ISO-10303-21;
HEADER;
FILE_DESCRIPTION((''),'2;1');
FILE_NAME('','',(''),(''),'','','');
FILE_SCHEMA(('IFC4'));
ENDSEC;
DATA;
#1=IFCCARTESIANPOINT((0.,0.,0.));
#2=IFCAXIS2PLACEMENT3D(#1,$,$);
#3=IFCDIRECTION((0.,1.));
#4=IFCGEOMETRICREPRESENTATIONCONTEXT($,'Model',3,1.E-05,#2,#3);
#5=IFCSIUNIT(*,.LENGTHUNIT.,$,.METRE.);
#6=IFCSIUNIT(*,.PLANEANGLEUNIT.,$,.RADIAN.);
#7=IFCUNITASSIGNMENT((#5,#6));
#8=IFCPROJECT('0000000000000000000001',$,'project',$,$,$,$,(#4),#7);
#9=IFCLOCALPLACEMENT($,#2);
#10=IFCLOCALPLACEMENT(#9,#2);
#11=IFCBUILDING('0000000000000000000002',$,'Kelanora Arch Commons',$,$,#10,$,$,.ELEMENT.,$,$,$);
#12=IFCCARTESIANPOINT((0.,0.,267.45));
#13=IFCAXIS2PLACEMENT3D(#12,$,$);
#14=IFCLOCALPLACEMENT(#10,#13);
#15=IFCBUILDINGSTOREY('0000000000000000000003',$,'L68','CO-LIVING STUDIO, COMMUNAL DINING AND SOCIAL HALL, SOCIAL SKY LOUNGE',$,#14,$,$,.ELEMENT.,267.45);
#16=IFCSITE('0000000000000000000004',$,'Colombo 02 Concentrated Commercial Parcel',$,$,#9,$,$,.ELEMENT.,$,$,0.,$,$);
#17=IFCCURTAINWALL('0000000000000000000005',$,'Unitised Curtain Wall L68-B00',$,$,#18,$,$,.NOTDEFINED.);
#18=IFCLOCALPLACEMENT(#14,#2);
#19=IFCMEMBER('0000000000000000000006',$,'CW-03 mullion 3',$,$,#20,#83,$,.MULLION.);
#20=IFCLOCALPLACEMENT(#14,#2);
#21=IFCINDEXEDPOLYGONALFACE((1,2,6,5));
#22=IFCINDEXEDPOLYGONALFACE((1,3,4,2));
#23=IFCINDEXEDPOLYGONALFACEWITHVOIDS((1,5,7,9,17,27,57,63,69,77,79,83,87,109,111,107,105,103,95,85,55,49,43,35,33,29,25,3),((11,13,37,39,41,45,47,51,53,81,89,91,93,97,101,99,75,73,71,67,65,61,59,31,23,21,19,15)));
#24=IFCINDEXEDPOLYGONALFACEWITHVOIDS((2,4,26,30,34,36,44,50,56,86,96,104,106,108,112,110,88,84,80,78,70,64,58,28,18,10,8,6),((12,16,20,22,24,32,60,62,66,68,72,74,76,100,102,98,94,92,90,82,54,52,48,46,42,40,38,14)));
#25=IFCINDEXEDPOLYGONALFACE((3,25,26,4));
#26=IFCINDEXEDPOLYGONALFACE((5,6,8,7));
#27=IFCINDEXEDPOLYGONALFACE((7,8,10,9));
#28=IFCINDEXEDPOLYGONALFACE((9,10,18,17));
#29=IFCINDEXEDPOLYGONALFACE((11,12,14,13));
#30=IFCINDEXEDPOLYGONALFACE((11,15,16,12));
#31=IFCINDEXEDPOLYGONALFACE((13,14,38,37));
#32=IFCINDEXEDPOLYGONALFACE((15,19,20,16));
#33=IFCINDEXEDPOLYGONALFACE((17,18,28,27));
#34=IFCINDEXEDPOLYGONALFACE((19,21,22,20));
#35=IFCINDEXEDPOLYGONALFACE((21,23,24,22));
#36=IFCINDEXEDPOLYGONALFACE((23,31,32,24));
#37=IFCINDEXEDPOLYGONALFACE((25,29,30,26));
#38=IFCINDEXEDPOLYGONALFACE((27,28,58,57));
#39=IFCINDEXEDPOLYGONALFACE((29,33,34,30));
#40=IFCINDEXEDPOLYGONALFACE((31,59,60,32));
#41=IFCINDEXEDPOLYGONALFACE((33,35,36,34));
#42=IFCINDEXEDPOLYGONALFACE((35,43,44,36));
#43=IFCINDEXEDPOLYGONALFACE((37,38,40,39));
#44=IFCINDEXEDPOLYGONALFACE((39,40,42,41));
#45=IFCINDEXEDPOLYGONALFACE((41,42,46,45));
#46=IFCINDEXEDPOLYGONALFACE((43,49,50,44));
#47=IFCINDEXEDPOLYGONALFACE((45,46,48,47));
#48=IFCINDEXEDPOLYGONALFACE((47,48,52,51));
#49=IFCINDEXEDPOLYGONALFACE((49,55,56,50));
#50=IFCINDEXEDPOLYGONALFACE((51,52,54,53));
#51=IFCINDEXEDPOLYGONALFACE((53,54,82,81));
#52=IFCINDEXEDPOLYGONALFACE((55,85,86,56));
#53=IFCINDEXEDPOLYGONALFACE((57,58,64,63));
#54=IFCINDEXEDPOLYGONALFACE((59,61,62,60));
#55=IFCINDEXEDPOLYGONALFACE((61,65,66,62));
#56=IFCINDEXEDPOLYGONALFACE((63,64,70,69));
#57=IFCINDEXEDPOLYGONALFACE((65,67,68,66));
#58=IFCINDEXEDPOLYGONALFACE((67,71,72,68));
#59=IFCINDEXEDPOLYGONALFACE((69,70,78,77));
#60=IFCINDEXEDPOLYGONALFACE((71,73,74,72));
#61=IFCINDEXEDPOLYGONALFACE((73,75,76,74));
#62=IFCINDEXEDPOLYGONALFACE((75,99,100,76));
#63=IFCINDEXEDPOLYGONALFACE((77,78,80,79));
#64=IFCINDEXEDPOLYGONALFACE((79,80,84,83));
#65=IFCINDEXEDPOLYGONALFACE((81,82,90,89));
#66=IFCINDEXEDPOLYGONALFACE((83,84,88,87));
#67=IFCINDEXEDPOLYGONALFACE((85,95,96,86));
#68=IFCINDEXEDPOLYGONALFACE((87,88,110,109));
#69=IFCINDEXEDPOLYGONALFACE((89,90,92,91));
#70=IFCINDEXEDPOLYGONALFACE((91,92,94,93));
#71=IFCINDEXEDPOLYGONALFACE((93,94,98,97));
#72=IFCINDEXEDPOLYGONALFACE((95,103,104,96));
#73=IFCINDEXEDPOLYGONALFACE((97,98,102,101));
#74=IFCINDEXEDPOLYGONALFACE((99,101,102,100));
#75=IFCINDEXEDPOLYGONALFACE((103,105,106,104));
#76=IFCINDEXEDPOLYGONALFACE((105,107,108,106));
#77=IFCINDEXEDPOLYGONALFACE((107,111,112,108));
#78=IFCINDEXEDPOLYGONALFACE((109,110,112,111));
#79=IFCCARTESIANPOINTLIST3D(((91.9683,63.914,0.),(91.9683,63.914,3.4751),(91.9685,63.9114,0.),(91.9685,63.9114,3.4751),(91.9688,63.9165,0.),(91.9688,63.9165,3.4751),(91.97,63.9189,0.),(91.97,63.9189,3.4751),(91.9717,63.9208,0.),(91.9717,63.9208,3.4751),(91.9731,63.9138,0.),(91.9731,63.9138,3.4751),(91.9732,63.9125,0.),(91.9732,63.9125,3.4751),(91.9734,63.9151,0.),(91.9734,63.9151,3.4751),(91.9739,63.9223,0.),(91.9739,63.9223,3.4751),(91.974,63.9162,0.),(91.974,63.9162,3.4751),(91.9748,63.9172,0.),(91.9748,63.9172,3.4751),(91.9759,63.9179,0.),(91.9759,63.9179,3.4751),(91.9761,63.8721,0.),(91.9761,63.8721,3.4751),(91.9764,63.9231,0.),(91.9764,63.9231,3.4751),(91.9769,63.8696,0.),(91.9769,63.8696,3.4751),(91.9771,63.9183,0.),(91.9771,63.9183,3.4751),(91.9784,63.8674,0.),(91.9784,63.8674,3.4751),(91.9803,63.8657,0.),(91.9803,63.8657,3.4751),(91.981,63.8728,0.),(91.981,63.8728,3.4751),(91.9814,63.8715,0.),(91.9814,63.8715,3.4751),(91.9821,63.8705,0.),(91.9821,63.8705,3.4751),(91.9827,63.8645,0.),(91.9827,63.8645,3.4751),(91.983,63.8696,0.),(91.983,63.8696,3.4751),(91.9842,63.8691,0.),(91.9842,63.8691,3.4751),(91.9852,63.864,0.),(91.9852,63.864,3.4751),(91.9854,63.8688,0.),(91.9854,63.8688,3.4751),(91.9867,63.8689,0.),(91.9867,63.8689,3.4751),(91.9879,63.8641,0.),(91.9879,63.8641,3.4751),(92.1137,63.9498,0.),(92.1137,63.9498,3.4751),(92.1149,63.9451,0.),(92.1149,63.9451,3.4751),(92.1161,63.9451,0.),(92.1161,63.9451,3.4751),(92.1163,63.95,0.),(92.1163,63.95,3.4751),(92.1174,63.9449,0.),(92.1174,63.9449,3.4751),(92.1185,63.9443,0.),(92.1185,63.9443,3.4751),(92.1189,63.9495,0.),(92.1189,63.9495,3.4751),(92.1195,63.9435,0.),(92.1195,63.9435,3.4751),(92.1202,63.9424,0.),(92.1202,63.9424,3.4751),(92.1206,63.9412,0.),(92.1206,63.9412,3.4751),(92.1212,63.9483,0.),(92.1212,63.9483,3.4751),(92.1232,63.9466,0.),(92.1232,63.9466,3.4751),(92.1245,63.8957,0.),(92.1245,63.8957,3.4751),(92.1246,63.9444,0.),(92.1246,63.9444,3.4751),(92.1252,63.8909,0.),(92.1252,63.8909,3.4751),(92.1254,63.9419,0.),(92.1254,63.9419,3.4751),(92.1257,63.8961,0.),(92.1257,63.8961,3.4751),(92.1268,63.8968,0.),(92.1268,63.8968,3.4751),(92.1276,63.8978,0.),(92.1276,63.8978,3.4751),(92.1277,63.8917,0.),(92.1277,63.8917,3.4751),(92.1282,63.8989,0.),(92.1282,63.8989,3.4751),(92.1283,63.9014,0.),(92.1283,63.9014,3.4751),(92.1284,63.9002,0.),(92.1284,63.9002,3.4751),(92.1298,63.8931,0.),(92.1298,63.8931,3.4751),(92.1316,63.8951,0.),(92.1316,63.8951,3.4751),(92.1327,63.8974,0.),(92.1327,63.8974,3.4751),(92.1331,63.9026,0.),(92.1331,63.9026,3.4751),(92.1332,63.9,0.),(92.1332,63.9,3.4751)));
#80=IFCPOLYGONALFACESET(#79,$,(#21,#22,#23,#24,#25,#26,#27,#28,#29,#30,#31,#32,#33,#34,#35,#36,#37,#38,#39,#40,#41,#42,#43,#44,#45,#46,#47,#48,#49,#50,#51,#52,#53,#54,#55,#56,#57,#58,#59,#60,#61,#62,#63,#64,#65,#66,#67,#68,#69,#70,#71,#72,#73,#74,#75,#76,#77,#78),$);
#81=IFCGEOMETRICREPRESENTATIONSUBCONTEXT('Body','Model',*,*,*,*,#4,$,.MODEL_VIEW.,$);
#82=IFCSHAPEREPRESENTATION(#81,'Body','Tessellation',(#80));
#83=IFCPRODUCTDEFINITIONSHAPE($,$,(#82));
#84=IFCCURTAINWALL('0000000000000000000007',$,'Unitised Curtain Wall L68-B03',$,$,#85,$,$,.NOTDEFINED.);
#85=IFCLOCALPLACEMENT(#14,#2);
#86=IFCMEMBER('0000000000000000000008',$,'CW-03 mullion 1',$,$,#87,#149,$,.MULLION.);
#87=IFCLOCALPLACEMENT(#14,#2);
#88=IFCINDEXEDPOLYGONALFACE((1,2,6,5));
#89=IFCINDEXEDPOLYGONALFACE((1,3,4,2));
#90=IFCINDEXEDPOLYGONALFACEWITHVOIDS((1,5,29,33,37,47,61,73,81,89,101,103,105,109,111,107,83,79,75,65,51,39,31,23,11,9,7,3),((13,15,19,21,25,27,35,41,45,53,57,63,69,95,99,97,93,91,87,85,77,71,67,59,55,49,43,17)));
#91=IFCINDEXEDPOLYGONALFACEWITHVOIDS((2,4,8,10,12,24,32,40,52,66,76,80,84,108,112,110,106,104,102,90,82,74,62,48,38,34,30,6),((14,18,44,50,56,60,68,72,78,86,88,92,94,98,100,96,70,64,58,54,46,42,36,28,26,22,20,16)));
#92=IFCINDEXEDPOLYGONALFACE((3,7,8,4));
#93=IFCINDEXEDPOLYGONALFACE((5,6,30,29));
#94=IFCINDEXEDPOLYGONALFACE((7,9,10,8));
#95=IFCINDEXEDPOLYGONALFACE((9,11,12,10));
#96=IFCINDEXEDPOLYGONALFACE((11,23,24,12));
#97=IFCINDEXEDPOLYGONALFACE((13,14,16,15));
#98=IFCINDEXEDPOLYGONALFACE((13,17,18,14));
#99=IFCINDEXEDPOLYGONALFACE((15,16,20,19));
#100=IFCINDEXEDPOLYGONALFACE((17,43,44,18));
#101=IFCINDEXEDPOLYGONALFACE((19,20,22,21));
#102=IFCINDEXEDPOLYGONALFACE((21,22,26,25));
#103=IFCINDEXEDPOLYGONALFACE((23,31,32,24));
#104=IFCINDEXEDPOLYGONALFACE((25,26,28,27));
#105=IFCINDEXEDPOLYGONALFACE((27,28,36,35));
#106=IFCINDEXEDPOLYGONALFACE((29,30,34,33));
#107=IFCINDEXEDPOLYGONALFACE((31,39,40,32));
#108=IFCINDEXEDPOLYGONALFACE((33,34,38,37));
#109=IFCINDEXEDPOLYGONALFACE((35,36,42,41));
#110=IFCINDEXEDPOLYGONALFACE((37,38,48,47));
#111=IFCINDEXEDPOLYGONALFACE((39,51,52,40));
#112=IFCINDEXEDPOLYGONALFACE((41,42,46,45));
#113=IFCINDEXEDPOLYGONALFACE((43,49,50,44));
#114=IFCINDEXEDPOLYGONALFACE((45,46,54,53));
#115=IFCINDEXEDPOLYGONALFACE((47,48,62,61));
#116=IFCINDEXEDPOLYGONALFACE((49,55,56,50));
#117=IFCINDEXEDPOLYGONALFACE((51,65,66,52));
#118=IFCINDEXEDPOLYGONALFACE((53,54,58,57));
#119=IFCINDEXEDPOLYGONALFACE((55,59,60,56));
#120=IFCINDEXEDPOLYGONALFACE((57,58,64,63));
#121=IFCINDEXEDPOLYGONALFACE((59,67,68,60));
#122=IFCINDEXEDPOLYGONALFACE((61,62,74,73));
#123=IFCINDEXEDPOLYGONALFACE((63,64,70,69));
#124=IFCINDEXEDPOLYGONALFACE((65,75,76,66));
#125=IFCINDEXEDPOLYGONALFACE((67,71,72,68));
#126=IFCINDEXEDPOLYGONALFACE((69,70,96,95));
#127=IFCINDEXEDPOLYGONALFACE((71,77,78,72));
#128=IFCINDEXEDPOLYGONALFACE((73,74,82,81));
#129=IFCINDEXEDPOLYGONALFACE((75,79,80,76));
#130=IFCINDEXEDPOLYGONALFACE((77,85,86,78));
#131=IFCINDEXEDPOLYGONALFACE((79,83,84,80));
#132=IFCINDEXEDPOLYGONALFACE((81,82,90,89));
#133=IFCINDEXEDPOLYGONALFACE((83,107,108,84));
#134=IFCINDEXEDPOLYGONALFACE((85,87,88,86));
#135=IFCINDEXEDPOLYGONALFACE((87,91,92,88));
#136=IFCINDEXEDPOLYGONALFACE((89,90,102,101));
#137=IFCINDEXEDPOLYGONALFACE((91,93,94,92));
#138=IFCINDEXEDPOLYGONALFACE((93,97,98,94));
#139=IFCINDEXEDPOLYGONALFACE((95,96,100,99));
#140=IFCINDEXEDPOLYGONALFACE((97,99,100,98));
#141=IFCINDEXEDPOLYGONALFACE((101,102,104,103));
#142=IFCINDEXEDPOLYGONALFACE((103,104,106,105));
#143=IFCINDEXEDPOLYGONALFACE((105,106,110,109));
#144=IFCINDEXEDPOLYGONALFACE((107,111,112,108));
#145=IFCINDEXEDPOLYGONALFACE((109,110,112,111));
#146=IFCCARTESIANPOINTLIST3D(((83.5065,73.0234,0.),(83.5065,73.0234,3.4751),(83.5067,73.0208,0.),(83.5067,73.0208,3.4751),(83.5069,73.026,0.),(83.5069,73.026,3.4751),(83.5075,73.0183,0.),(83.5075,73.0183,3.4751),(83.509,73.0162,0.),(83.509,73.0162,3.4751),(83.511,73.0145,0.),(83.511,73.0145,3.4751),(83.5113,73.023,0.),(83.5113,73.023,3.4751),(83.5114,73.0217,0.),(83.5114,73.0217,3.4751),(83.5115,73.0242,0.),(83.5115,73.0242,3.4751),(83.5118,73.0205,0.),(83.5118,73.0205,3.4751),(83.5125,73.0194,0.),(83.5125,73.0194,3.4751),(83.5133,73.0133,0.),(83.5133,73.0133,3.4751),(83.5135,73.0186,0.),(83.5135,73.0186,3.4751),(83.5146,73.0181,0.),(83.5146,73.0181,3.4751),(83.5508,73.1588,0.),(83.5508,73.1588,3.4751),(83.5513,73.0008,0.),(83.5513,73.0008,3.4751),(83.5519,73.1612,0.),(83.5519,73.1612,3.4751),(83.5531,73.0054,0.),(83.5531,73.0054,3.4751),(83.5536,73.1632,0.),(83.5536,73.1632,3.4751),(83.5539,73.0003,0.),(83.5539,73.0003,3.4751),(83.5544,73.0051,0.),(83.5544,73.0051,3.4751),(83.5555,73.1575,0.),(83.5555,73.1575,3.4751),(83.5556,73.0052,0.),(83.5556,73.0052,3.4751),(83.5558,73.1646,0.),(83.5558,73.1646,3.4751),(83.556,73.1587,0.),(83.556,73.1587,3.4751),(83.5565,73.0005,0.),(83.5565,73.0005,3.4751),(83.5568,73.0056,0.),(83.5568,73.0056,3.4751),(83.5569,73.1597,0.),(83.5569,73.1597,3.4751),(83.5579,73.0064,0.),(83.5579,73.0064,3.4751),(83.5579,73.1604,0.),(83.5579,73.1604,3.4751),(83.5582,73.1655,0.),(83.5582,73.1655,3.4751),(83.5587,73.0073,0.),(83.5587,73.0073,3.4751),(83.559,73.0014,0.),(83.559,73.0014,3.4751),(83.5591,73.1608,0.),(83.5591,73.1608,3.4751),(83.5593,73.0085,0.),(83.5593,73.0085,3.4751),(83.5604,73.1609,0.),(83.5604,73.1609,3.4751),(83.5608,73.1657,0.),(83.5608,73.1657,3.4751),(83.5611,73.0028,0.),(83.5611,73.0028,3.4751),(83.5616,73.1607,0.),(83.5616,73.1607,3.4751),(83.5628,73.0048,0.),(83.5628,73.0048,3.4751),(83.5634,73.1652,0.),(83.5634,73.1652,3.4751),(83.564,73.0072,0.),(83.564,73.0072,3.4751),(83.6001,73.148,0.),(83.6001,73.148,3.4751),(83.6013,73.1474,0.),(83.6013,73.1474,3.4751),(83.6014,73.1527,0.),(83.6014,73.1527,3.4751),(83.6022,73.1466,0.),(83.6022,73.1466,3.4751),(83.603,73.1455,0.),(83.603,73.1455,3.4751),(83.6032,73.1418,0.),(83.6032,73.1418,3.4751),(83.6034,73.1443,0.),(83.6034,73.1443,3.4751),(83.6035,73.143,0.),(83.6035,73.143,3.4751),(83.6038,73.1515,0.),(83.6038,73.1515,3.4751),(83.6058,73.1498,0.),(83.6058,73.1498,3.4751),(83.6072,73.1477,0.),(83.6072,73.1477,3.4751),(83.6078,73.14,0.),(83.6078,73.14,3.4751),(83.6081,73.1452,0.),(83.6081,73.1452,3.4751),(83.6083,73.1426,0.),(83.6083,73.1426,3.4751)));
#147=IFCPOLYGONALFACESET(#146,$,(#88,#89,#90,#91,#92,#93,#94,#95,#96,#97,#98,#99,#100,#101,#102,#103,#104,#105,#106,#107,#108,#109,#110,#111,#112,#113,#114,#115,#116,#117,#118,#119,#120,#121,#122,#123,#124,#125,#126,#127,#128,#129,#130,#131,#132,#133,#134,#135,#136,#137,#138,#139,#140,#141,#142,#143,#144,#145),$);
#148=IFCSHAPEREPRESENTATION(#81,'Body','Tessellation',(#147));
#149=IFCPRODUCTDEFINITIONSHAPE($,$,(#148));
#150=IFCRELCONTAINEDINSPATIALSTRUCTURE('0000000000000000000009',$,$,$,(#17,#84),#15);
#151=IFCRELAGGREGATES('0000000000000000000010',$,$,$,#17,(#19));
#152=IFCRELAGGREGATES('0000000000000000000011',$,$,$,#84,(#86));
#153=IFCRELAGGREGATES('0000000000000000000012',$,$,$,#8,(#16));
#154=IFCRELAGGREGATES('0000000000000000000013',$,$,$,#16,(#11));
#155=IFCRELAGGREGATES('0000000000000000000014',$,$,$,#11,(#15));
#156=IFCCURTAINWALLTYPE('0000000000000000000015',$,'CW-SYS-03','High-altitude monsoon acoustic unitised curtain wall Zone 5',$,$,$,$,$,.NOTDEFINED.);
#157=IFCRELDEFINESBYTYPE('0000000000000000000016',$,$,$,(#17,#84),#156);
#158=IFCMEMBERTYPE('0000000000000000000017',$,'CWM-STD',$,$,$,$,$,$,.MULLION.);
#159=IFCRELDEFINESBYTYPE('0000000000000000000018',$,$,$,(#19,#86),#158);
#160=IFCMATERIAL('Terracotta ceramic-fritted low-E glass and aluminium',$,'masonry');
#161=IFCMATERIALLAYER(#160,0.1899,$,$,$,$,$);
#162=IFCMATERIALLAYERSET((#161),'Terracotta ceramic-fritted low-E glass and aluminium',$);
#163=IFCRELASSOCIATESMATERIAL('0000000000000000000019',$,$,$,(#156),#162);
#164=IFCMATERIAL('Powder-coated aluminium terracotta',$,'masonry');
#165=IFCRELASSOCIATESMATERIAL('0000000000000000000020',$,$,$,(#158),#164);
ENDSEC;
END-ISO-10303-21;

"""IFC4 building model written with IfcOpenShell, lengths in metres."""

from ifc_helpers import new_model, si_unit, direction, frame, origin, origin_2d, place, context, subcontext, project, spatial, hollow_rectangle, extrude, material, layer, layer_set, material_profile, profile_set, type_object, element, aggregate, save


model = new_model("IFC4")

# Units and contexts
model_context = context("Model", 3, precision=1e-05, world=origin(), true_north=direction((0.0, 1.0)))
body_context = subcontext(model_context, "Body", "Model", "MODEL_VIEW")
ifc_project = project(units=[si_unit("LENGTHUNIT", "METRE"), si_unit("PLANEANGLEUNIT", "RADIAN")], contexts=[model_context])

# Site, building, storey
site_placement = place(None, origin())
site = spatial("IfcSite", under=ifc_project, at=site_placement, Name="Colombo 02 Concentrated Commercial Parcel", CompositionType="ELEMENT", RefElevation=0.0)
building_placement = place(site_placement, origin())
building = spatial("IfcBuilding", under=site, at=building_placement, Name="Kelanora Arch Commons", CompositionType="ELEMENT")
storey_placement = place(building_placement, frame((0.0, 0.0, 267.45)))
storey = spatial("IfcBuildingStorey", under=building, at=storey_placement, Name="L68", Description="CO-LIVING STUDIO, COMMUNAL DINING AND SOCIAL HALL, SOCIAL SKY LOUNGE", CompositionType="ELEMENT", Elevation=267.45)

# Curtain wall, member
ifc_material_1 = material(Name="Terracotta ceramic-fritted low-E glass and aluminium", Category="masonry")
ifc_layer_1 = layer(ifc_material_1, 0.1899)
ifc_layer_set_1 = layer_set([ifc_layer_1], Name="Terracotta ceramic-fritted low-E glass and aluminium")
curtain_wall_type = type_object("IfcCurtainWallType", Name="CW-SYS-03", Description="High-altitude monsoon acoustic unitised curtain wall Zone 5", PredefinedType="NOTDEFINED", material=ifc_layer_set_1)
curtain_wall_1_placement = place(storey_placement, origin())
curtain_wall_1 = element("IfcCurtainWall", 1, at=curtain_wall_1_placement, inside=storey, type_object=curtain_wall_type, Name="Unitised Curtain Wall L68-B00", PredefinedType="NOTDEFINED")
ifc_material_2 = material(Name="Powder-coated aluminium terracotta", Category="masonry")
ifc_material_profile_1 = material_profile(ifc_material_2, hollow_rectangle(XDim=0.1599, YDim=0.0601, WallThickness=0.0049, InnerFilletRadius=0.0049, OuterFilletRadius=0.01, at=origin_2d()), Name="CWM160x60")
ifc_profile_set_1 = profile_set([ifc_material_profile_1], Name="Powder-coated aluminium terracotta")
member_type_1 = type_object("IfcMemberType", Name="CWM-STD", PredefinedType="MULLION", material=ifc_profile_set_1)
member_1_placement = place(storey_placement, frame((92.0508, 63.907, 0.0), z_axis=(0.0, 0.0, 1.0), x_axis=(-0.981596, -0.190972, 0.0)))
member_1 = element("IfcMember", 2, at=member_1_placement, type_object=member_type_1, Name="CW-03 mullion 3", PredefinedType="MULLION", context=body_context, shape_type="SweptSolid", body=[
    extrude(hollow_rectangle(XDim=0.1599, YDim=0.0601, WallThickness=0.0049, InnerFilletRadius=0.0049, OuterFilletRadius=0.01, at=origin_2d()), origin(), (0.0, 0.0, 1.0), 3.4751),
])
aggregate(curtain_wall_1, [member_1])

# Curtain wall, member
curtain_wall_2_placement = place(storey_placement, origin())
curtain_wall_2 = element("IfcCurtainWall", 3, at=curtain_wall_2_placement, inside=storey, type_object=curtain_wall_type, Name="Unitised Curtain Wall L68-B03", PredefinedType="NOTDEFINED")
member_2_placement = place(storey_placement, frame((83.5574, 73.083, 0.0), z_axis=(0.0, 0.0, 1.0), x_axis=(-0.313253, -0.94967, 0.0)))
member_2 = element("IfcMember", 4, at=member_2_placement, type_object=member_type_1, Name="CW-03 mullion 1", PredefinedType="MULLION", context=body_context, shape_type="SweptSolid", body=[
    extrude(hollow_rectangle(XDim=0.1599, YDim=0.0601, WallThickness=0.0049, InnerFilletRadius=0.0049, OuterFilletRadius=0.01, at=origin_2d()), origin(), (0.0, 0.0, 1.0), 3.4751),
])
aggregate(curtain_wall_2, [member_2])

save(model, "model.ifc")
